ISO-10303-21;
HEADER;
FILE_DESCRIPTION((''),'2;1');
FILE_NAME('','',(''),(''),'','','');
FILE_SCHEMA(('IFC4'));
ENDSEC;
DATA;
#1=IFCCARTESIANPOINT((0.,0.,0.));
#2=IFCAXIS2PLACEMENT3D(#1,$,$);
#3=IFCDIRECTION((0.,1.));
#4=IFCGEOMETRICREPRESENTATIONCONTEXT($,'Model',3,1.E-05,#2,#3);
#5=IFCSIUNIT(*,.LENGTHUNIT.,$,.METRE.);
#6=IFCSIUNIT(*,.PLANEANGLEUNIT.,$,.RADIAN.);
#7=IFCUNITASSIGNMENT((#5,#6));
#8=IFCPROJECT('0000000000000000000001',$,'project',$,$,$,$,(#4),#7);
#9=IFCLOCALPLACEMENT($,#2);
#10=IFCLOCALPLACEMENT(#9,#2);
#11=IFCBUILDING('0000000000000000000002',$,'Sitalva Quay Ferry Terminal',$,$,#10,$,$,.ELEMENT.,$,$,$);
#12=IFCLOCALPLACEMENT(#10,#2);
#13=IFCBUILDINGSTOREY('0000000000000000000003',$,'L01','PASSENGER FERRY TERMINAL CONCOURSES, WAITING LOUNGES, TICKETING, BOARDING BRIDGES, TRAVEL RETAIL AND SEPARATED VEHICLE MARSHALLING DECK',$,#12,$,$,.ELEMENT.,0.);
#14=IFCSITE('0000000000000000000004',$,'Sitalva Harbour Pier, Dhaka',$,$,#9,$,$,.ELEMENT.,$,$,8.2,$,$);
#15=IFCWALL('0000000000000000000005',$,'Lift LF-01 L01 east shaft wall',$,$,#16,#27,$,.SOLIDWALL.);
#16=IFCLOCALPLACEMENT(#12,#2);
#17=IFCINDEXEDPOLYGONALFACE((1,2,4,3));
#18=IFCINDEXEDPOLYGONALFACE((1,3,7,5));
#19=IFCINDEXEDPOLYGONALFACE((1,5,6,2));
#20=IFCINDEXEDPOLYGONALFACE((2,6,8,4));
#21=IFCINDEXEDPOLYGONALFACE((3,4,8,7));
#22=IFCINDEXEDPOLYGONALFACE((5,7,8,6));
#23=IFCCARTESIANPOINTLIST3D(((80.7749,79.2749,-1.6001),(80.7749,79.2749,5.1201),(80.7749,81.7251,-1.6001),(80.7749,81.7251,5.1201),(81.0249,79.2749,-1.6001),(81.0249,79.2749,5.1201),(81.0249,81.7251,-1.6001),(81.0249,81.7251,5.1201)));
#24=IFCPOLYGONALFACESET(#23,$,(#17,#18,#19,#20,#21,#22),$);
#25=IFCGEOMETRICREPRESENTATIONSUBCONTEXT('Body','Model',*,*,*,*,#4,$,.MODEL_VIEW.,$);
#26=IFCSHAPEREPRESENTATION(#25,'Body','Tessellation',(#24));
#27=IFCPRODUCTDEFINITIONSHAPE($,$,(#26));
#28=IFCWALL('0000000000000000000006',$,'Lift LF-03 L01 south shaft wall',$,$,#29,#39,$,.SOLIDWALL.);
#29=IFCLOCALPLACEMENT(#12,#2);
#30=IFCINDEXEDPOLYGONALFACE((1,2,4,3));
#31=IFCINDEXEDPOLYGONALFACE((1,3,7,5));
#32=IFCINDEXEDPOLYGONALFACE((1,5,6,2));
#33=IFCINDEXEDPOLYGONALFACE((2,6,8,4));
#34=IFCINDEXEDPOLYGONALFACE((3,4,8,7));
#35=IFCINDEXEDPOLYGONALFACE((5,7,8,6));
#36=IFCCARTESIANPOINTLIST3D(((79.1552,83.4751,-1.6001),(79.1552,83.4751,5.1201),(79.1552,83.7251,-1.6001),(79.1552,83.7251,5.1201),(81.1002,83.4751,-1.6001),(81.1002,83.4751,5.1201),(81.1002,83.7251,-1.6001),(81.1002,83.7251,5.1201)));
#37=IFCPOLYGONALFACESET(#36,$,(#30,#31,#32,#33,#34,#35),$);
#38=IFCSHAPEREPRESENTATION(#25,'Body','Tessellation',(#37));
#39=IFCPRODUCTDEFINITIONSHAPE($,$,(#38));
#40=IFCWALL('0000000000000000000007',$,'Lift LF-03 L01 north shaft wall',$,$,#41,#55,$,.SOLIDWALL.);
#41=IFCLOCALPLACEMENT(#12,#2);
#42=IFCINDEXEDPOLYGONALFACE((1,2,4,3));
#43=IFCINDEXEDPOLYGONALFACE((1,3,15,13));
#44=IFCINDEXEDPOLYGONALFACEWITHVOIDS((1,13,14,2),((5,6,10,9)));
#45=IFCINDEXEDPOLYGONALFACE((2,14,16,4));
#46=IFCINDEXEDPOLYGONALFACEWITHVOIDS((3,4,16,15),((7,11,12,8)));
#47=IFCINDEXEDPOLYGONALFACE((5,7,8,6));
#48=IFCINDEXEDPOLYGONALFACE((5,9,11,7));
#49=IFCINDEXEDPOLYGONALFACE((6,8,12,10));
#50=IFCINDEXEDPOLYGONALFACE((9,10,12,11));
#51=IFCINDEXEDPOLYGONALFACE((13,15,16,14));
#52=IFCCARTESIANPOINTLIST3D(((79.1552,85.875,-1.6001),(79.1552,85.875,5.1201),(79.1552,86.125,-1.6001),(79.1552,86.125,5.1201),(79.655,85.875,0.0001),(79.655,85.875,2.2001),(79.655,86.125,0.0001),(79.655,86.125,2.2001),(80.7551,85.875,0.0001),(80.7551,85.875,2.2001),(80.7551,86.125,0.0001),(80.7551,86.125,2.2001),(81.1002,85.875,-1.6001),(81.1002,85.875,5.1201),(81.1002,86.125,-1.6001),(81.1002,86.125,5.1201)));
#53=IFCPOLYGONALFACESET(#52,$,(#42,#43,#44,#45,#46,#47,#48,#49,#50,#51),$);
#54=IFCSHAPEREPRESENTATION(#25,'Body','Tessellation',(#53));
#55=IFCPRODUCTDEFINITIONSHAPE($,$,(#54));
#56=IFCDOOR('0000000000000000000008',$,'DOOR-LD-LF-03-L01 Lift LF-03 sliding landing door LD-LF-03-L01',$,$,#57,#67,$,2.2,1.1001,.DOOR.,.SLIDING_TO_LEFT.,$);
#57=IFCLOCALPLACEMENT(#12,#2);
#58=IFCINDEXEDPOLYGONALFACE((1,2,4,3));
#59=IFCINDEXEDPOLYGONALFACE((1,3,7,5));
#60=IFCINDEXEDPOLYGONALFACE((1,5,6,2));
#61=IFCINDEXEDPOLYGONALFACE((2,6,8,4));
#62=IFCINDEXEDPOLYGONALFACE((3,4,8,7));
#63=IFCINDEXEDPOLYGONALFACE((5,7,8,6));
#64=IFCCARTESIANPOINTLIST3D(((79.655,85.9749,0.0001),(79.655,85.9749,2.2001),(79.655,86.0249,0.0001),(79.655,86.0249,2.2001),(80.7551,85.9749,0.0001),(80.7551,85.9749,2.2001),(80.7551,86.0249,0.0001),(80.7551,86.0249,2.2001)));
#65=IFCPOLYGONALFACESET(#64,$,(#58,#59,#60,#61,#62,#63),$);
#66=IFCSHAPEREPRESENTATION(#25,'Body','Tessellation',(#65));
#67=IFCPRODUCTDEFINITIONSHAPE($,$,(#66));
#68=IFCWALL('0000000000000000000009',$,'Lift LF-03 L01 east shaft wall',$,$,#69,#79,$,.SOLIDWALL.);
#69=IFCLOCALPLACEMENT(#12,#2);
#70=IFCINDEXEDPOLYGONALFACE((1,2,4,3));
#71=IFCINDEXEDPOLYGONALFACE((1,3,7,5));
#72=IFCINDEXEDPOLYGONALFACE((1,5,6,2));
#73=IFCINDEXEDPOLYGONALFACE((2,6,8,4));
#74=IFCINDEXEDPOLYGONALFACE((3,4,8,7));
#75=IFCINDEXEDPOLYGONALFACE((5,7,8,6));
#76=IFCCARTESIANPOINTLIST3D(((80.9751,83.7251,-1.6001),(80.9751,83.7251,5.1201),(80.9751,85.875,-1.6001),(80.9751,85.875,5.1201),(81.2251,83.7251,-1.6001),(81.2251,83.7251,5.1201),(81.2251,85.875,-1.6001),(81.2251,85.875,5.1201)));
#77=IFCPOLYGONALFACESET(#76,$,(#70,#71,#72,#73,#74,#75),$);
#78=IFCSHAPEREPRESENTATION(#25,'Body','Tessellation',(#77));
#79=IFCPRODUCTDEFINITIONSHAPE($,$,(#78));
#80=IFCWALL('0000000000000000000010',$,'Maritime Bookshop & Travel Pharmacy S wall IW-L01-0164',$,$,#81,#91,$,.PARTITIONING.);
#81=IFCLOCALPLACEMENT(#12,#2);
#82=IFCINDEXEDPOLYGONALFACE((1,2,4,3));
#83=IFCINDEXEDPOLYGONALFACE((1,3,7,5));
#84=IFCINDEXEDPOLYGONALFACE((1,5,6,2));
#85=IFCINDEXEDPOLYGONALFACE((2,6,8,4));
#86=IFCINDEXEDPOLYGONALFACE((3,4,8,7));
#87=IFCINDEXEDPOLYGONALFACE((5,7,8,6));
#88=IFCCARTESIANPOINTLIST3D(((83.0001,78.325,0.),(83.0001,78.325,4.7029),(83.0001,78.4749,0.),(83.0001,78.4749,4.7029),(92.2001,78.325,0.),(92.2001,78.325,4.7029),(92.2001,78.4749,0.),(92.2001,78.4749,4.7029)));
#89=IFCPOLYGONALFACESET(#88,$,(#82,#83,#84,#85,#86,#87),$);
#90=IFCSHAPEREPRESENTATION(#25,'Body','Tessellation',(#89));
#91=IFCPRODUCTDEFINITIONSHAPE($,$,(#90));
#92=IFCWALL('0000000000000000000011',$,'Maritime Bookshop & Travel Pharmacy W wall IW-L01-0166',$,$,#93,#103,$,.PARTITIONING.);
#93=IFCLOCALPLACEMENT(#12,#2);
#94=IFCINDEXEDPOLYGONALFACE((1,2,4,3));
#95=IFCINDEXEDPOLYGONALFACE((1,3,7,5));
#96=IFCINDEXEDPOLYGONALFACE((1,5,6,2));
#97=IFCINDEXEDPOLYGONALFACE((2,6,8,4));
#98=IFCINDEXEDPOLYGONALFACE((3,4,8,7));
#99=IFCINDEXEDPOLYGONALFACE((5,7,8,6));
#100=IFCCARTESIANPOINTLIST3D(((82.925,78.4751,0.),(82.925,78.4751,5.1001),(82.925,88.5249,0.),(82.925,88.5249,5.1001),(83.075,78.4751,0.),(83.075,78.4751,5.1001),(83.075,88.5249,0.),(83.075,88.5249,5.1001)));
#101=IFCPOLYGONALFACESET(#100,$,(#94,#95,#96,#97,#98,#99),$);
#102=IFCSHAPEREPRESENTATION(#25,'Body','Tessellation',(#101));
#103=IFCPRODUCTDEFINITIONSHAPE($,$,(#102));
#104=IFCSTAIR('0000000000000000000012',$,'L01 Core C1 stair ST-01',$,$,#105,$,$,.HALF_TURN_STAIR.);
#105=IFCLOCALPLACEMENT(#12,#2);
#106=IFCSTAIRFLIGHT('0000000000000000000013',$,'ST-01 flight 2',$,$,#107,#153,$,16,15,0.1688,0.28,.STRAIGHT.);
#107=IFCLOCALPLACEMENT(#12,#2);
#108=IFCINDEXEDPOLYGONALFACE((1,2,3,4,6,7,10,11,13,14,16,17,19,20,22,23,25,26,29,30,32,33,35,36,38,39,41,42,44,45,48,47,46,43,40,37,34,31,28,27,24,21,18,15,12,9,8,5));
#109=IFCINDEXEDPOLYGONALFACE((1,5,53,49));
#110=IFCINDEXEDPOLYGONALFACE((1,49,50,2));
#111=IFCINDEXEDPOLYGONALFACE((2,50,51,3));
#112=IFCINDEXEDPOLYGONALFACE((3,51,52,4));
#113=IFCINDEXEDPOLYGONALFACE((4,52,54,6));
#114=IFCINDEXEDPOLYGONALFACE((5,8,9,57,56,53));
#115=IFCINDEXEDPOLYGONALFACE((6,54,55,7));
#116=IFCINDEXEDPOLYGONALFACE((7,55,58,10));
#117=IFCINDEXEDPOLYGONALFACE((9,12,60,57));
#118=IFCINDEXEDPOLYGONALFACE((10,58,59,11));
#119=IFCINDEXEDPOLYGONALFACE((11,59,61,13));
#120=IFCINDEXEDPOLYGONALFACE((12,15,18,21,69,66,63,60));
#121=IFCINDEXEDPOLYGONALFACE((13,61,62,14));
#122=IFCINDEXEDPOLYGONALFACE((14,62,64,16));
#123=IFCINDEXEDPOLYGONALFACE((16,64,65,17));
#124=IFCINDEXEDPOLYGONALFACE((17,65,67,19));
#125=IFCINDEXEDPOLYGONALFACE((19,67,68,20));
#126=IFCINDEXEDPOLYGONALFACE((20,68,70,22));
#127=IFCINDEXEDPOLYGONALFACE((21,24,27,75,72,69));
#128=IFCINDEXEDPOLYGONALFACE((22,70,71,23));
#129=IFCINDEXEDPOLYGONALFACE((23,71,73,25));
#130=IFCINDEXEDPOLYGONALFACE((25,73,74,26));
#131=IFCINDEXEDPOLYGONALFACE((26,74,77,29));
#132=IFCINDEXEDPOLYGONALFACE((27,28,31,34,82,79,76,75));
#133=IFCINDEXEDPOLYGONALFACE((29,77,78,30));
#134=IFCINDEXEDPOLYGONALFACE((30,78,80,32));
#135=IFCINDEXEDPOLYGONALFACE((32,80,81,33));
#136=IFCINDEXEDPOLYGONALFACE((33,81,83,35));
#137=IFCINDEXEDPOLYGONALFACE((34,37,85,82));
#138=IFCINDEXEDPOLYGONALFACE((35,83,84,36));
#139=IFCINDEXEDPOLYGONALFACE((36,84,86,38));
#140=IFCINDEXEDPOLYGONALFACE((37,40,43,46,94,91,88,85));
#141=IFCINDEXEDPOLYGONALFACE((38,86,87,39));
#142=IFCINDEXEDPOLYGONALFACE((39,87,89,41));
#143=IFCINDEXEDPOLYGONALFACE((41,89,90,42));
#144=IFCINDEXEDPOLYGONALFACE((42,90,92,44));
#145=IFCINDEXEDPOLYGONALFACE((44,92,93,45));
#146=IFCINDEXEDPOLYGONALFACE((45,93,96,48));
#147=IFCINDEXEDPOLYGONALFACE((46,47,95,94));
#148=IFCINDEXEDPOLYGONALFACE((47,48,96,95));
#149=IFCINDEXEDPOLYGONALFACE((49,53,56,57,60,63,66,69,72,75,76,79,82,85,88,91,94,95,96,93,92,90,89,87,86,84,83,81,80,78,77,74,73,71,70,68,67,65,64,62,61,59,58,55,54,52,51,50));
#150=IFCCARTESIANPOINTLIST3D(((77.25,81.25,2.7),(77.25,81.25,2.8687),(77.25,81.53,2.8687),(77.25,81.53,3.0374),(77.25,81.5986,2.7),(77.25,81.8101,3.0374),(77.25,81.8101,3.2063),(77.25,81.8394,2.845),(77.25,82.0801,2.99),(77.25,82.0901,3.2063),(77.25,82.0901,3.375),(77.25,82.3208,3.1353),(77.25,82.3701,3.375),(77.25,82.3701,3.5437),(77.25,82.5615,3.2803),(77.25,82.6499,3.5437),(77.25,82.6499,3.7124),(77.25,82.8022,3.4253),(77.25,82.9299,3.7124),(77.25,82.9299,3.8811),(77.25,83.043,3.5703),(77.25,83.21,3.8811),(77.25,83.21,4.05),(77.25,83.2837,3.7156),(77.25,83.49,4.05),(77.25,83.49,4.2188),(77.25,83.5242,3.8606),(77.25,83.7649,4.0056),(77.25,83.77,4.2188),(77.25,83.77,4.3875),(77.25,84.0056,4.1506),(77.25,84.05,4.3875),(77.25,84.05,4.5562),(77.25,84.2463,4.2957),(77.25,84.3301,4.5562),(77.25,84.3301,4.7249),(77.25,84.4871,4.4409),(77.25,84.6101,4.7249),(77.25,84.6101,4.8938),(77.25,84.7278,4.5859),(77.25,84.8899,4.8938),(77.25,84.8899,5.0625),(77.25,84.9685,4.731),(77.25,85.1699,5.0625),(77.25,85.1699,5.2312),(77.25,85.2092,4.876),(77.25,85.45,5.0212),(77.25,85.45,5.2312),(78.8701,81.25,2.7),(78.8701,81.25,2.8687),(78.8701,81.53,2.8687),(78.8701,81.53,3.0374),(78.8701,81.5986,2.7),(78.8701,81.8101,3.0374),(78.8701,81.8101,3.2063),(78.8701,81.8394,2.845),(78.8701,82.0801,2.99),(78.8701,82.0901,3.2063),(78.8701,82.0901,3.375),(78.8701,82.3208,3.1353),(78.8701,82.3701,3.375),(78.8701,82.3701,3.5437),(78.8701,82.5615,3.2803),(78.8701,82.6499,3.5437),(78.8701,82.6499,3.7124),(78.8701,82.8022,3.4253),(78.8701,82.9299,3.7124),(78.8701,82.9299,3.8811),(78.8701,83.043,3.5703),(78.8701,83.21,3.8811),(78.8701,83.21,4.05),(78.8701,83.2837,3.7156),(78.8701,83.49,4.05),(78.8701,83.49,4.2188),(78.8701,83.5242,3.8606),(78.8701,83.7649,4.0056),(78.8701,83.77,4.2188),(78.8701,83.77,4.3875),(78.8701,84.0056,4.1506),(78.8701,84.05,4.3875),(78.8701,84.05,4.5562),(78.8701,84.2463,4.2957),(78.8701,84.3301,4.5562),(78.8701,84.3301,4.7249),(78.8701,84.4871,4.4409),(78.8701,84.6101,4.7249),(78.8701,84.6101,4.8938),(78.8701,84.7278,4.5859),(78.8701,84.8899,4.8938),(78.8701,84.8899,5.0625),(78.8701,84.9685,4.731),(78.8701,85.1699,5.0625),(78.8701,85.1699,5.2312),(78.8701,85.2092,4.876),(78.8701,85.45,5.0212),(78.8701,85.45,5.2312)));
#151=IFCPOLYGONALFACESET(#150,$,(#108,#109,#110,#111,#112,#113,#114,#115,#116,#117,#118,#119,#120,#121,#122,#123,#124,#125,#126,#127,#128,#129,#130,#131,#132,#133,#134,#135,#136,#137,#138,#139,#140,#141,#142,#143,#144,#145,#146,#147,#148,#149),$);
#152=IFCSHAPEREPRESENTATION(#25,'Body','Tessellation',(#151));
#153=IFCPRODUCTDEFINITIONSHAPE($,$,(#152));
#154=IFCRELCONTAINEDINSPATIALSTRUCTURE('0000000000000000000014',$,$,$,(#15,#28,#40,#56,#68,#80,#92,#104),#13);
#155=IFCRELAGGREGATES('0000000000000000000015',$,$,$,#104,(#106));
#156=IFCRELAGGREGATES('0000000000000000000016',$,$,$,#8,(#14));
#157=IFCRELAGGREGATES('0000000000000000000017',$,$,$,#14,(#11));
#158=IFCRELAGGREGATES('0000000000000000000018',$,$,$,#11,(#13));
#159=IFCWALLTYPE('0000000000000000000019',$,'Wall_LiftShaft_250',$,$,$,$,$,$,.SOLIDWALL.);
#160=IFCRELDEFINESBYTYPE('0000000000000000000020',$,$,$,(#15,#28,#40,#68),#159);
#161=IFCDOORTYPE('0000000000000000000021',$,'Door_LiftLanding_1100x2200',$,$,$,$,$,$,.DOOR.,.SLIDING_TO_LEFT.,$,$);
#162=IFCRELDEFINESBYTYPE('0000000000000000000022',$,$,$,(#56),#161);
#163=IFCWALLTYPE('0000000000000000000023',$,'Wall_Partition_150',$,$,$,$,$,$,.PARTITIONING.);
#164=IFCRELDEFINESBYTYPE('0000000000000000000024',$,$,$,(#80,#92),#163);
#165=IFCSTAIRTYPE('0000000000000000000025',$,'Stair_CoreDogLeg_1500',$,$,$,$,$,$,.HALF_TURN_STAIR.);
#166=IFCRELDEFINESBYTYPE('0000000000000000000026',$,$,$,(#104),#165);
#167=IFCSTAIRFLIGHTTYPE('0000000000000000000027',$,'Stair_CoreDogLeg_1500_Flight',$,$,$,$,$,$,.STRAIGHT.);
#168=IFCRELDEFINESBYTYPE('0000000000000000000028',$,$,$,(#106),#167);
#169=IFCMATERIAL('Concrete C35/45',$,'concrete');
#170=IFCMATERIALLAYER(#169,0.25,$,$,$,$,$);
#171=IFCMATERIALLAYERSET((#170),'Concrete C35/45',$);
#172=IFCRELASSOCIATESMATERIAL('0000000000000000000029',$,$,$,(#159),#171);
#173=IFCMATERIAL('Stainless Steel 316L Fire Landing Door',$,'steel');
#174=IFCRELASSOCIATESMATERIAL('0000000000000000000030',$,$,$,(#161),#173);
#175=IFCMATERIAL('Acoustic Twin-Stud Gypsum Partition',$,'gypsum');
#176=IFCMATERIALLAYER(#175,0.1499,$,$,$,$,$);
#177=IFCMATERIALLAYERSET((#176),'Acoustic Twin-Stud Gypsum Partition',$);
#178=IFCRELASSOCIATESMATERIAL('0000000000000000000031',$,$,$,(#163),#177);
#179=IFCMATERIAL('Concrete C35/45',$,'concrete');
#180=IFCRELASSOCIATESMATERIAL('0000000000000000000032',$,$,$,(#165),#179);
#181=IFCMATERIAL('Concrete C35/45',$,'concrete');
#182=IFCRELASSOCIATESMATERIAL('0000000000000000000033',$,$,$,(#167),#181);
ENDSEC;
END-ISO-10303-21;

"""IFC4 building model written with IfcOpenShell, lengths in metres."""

from ifc_helpers import new_model, si_unit, direction, frame, frame_2d, origin, place, context, subcontext, project, spatial, polyline, rectangle, outline, extrude, material, layer, layer_set, type_object, element, fill, aggregate, save


model = new_model("IFC4")

# Units and contexts
model_context = context("Model", 3, precision=1e-05, world=origin(), true_north=direction((0.0, 1.0)))
body_context = subcontext(model_context, "Body", "Model", "MODEL_VIEW")
ifc_project = project(units=[si_unit("LENGTHUNIT", "METRE"), si_unit("PLANEANGLEUNIT", "RADIAN")], contexts=[model_context])

# Site, building, storey
site_placement = place(None, origin())
site = spatial("IfcSite", under=ifc_project, at=site_placement, Name="Sitalva Harbour Pier, Dhaka", CompositionType="ELEMENT", RefElevation=8.2)
building_placement = place(site_placement, origin())
building = spatial("IfcBuilding", under=site, at=building_placement, Name="Sitalva Quay Ferry Terminal", CompositionType="ELEMENT")
storey_placement = place(building_placement, origin())
storey = spatial("IfcBuildingStorey", under=building, at=storey_placement, Name="L01", Description="PASSENGER FERRY TERMINAL CONCOURSES, WAITING LOUNGES, TICKETING, BOARDING BRIDGES, TRAVEL RETAIL AND SEPARATED VEHICLE MARSHALLING DECK", CompositionType="ELEMENT", Elevation=0.0)

# Shared definitions
ifc_material_1 = material(Name="Concrete C35/45", Category="concrete")
ifc_layer_1 = layer(ifc_material_1, 0.25)
ifc_layer_set_1 = layer_set([ifc_layer_1], Name="Concrete C35/45")
wall_type_1 = type_object("IfcWallType", Name="Wall_LiftShaft_250", PredefinedType="SOLIDWALL", material=ifc_layer_set_1)

# Shared definitions
ifc_material_2 = material(Name="Stainless Steel 316L Fire Landing Door", Category="steel")
door_type = type_object("IfcDoorType", Name="Door_LiftLanding_1100x2200", OperationType="SLIDING_TO_LEFT", PredefinedType="DOOR", material=ifc_material_2)

# Walls
wall_1_placement = place(storey_placement, frame((80.8999, 79.2749, -1.6001), z_axis=(0.0, 0.0, 1.0), x_axis=(0.0, 1.0, 0.0)))
element("IfcWall", 1, at=wall_1_placement, inside=storey, type_object=wall_type_1, Name="Lift LF-01 L01 east shaft wall", PredefinedType="SOLIDWALL", context=body_context, shape_type="SweptSolid", body=[
    extrude(rectangle(XDim=2.4502, YDim=0.25, at=frame_2d((1.2251, 0.0))), origin(), (0.0, 0.0, 1.0), 6.7202),
])
wall_2_placement = place(storey_placement, frame((79.155, 83.6001, -1.6001), z_axis=(0.0, 0.0, 1.0), x_axis=(1.0, 0.0, 0.0)))
element("IfcWall", 2, at=wall_2_placement, inside=storey, type_object=wall_type_1, Name="Lift LF-03 L01 south shaft wall", PredefinedType="SOLIDWALL", context=body_context, shape_type="SweptSolid", body=[
    extrude(rectangle(XDim=1.9451, YDim=0.25, at=frame_2d((0.9727, 0.0))), origin(), (0.0, 0.0, 1.0), 6.7202),
])

# Wall, opening, door
wall_3_placement = place(storey_placement, frame((79.155, 86.0, -1.6001), z_axis=(0.0, 0.0, 1.0), x_axis=(1.0, 0.0, 0.0)))
wall_3 = element("IfcWall", 3, at=wall_3_placement, inside=storey, type_object=wall_type_1, Name="Lift LF-03 L01 north shaft wall", PredefinedType="SOLIDWALL", context=body_context, shape_type="SweptSolid", body=[
    extrude(rectangle(XDim=1.9451, YDim=0.25, at=frame_2d((0.9727, 0.0))), origin(), (0.0, 0.0, 1.0), 6.7202),
])
opening_1_placement = place(wall_3_placement, frame((0.5, 0.0, 1.6001)))
opening_1 = element("IfcOpeningElement", 4, at=opening_1_placement, cuts=wall_3, PredefinedType="OPENING", context=body_context, shape_type="SweptSolid", body=[
    extrude(rectangle(XDim=1.1001, YDim=2.2, at=frame_2d((0.55, 1.1001))), frame((0.0, 0.135, 0.0), z_axis=(0.0, -1.0, 0.0), x_axis=(1.0, 0.0, 0.0)), (0.0, 0.0, 1.0), 0.27),
])
door_1_placement = place(opening_1_placement, origin())
door_1 = element("IfcDoor", 5, at=door_1_placement, inside=storey, type_object=door_type, Name="DOOR-LD-LF-03-L01 Lift LF-03 sliding landing door LD-LF-03-L01", OperationType="SLIDING_TO_LEFT", OverallHeight=2.2, OverallWidth=1.1001, PredefinedType="DOOR", context=body_context, shape_type="SweptSolid", body=[
    extrude(rectangle(XDim=1.1001, YDim=2.2, at=frame_2d((0.55, 1.1001))), frame((0.0, 0.0249, 0.0), z_axis=(0.0, -1.0, 0.0), x_axis=(1.0, 0.0, 0.0)), (0.0, 0.0, 1.0), 0.05),
])
fill(opening_1, door_1)

# Walls
wall_4_placement = place(storey_placement, frame((81.1001, 83.7251, -1.6001), z_axis=(0.0, 0.0, 1.0), x_axis=(0.0, 1.0, 0.0)))
element("IfcWall", 6, at=wall_4_placement, inside=storey, type_object=wall_type_1, Name="Lift LF-03 L01 east shaft wall", PredefinedType="SOLIDWALL", context=body_context, shape_type="SweptSolid", body=[
    extrude(rectangle(XDim=2.1499, YDim=0.25, at=frame_2d((1.075, 0.0))), origin(), (0.0, 0.0, 1.0), 6.7202),
])
ifc_material_3 = material(Name="Acoustic Twin-Stud Gypsum Partition", Category="gypsum")
ifc_layer_2 = layer(ifc_material_3, 0.1499)
ifc_layer_set_2 = layer_set([ifc_layer_2], Name="Acoustic Twin-Stud Gypsum Partition")
wall_type_2 = type_object("IfcWallType", Name="Wall_Partition_150", PredefinedType="PARTITIONING", material=ifc_layer_set_2)
wall_5_placement = place(storey_placement, frame((83.0, 78.3999, 0.0), z_axis=(0.0, 0.0, 1.0), x_axis=(1.0, 0.0, 0.0)))
element("IfcWall", 7, at=wall_5_placement, inside=storey, type_object=wall_type_2, Name="Maritime Bookshop & Travel Pharmacy S wall IW-L01-0164", PredefinedType="PARTITIONING", context=body_context, shape_type="SweptSolid", body=[
    extrude(rectangle(XDim=9.2, YDim=0.1499, at=frame_2d((4.6001, 0.0))), origin(), (0.0, 0.0, 1.0), 4.7029),
])
wall_6_placement = place(storey_placement, frame((83.0, 78.4751, 0.0), z_axis=(0.0, 0.0, 1.0), x_axis=(0.0, 1.0, 0.0)))
element("IfcWall", 8, at=wall_6_placement, inside=storey, type_object=wall_type_2, Name="Maritime Bookshop & Travel Pharmacy W wall IW-L01-0166", PredefinedType="PARTITIONING", context=body_context, shape_type="SweptSolid", body=[
    extrude(rectangle(XDim=10.0498, YDim=0.1499, at=frame_2d((5.0249, 0.0))), origin(), (0.0, 0.0, 1.0), 5.1001),
])

# Stair, stair flight
ifc_material_4 = material(Name="Concrete C35/45", Category="concrete")
stair_type = type_object("IfcStairType", Name="Stair_CoreDogLeg_1500", PredefinedType="HALF_TURN_STAIR", material=ifc_material_4)
stair_placement = place(storey_placement, origin())
stair = element("IfcStair", 9, at=stair_placement, inside=storey, type_object=stair_type, Name="L01 Core C1 stair ST-01", PredefinedType="HALF_TURN_STAIR")
ifc_material_5 = material(Name="Concrete C35/45", Category="concrete")
stair_flight_type = type_object("IfcStairFlightType", Name="Stair_CoreDogLeg_1500_Flight", PredefinedType="STRAIGHT", material=ifc_material_5)
stair_flight_placement = place(storey_placement, frame((78.0601, 81.25, 2.7), z_axis=(0.0, 0.0, 1.0), x_axis=(0.0, 1.0, 0.0)))
stair_flight = element("IfcStairFlight", 10, at=stair_flight_placement, type_object=stair_flight_type, Name="ST-01 flight 2", NumberOfRisers=16, NumberOfTreads=15, PredefinedType="STRAIGHT", RiserHeight=0.1688, TreadLength=0.28, context=body_context, shape_type="SweptSolid", body=[
    extrude(outline(polyline([(0.0, 0.0), (0.0, 0.1687), (0.28, 0.1687), (0.28, 0.3374), (0.5601, 0.3374), (0.5601, 0.5063), (0.8401, 0.5063), (0.8401, 0.675), (1.1201, 0.675), (1.1201, 0.8438), (1.3999, 0.8438), (1.3999, 1.0125), (1.6799, 1.0125), (1.6799, 1.1812), (1.96, 1.1812), (1.96, 1.3501), (2.24, 1.3501), (2.24, 1.5188), (2.52, 1.5188), (2.52, 1.6875), (2.8, 1.6875), (2.8, 1.8562), (3.0801, 1.8562), (3.0801, 2.0249), (3.3601, 2.0249), (3.3601, 2.1938), (3.6399, 2.1938), (3.6399, 2.3625), (3.9199, 2.3625), (3.9199, 2.5312), (4.2, 2.5312), (4.2, 2.7), (4.2, 2.3213), (3.9592, 2.176), (3.7185, 2.031), (3.4778, 1.886), (3.2371, 1.741), (2.9963, 1.5957), (2.7556, 1.4507), (2.5149, 1.3057), (2.2742, 1.1606), (2.0337, 1.0156), (1.793, 0.8704), (1.5522, 0.7253), (1.3115, 0.5803), (1.0708, 0.4353), (0.8301, 0.29), (0.5894, 0.145), (0.3486, 0.0), (0.0, 0.0)])), frame((0.0, 0.8101, 0.0), z_axis=(0.0, -1.0, 0.0), x_axis=(1.0, 0.0, 0.0)), (0.0, 0.0, 1.0), 1.6201),
])
aggregate(stair, [stair_flight])

save(model, "model.ifc")
